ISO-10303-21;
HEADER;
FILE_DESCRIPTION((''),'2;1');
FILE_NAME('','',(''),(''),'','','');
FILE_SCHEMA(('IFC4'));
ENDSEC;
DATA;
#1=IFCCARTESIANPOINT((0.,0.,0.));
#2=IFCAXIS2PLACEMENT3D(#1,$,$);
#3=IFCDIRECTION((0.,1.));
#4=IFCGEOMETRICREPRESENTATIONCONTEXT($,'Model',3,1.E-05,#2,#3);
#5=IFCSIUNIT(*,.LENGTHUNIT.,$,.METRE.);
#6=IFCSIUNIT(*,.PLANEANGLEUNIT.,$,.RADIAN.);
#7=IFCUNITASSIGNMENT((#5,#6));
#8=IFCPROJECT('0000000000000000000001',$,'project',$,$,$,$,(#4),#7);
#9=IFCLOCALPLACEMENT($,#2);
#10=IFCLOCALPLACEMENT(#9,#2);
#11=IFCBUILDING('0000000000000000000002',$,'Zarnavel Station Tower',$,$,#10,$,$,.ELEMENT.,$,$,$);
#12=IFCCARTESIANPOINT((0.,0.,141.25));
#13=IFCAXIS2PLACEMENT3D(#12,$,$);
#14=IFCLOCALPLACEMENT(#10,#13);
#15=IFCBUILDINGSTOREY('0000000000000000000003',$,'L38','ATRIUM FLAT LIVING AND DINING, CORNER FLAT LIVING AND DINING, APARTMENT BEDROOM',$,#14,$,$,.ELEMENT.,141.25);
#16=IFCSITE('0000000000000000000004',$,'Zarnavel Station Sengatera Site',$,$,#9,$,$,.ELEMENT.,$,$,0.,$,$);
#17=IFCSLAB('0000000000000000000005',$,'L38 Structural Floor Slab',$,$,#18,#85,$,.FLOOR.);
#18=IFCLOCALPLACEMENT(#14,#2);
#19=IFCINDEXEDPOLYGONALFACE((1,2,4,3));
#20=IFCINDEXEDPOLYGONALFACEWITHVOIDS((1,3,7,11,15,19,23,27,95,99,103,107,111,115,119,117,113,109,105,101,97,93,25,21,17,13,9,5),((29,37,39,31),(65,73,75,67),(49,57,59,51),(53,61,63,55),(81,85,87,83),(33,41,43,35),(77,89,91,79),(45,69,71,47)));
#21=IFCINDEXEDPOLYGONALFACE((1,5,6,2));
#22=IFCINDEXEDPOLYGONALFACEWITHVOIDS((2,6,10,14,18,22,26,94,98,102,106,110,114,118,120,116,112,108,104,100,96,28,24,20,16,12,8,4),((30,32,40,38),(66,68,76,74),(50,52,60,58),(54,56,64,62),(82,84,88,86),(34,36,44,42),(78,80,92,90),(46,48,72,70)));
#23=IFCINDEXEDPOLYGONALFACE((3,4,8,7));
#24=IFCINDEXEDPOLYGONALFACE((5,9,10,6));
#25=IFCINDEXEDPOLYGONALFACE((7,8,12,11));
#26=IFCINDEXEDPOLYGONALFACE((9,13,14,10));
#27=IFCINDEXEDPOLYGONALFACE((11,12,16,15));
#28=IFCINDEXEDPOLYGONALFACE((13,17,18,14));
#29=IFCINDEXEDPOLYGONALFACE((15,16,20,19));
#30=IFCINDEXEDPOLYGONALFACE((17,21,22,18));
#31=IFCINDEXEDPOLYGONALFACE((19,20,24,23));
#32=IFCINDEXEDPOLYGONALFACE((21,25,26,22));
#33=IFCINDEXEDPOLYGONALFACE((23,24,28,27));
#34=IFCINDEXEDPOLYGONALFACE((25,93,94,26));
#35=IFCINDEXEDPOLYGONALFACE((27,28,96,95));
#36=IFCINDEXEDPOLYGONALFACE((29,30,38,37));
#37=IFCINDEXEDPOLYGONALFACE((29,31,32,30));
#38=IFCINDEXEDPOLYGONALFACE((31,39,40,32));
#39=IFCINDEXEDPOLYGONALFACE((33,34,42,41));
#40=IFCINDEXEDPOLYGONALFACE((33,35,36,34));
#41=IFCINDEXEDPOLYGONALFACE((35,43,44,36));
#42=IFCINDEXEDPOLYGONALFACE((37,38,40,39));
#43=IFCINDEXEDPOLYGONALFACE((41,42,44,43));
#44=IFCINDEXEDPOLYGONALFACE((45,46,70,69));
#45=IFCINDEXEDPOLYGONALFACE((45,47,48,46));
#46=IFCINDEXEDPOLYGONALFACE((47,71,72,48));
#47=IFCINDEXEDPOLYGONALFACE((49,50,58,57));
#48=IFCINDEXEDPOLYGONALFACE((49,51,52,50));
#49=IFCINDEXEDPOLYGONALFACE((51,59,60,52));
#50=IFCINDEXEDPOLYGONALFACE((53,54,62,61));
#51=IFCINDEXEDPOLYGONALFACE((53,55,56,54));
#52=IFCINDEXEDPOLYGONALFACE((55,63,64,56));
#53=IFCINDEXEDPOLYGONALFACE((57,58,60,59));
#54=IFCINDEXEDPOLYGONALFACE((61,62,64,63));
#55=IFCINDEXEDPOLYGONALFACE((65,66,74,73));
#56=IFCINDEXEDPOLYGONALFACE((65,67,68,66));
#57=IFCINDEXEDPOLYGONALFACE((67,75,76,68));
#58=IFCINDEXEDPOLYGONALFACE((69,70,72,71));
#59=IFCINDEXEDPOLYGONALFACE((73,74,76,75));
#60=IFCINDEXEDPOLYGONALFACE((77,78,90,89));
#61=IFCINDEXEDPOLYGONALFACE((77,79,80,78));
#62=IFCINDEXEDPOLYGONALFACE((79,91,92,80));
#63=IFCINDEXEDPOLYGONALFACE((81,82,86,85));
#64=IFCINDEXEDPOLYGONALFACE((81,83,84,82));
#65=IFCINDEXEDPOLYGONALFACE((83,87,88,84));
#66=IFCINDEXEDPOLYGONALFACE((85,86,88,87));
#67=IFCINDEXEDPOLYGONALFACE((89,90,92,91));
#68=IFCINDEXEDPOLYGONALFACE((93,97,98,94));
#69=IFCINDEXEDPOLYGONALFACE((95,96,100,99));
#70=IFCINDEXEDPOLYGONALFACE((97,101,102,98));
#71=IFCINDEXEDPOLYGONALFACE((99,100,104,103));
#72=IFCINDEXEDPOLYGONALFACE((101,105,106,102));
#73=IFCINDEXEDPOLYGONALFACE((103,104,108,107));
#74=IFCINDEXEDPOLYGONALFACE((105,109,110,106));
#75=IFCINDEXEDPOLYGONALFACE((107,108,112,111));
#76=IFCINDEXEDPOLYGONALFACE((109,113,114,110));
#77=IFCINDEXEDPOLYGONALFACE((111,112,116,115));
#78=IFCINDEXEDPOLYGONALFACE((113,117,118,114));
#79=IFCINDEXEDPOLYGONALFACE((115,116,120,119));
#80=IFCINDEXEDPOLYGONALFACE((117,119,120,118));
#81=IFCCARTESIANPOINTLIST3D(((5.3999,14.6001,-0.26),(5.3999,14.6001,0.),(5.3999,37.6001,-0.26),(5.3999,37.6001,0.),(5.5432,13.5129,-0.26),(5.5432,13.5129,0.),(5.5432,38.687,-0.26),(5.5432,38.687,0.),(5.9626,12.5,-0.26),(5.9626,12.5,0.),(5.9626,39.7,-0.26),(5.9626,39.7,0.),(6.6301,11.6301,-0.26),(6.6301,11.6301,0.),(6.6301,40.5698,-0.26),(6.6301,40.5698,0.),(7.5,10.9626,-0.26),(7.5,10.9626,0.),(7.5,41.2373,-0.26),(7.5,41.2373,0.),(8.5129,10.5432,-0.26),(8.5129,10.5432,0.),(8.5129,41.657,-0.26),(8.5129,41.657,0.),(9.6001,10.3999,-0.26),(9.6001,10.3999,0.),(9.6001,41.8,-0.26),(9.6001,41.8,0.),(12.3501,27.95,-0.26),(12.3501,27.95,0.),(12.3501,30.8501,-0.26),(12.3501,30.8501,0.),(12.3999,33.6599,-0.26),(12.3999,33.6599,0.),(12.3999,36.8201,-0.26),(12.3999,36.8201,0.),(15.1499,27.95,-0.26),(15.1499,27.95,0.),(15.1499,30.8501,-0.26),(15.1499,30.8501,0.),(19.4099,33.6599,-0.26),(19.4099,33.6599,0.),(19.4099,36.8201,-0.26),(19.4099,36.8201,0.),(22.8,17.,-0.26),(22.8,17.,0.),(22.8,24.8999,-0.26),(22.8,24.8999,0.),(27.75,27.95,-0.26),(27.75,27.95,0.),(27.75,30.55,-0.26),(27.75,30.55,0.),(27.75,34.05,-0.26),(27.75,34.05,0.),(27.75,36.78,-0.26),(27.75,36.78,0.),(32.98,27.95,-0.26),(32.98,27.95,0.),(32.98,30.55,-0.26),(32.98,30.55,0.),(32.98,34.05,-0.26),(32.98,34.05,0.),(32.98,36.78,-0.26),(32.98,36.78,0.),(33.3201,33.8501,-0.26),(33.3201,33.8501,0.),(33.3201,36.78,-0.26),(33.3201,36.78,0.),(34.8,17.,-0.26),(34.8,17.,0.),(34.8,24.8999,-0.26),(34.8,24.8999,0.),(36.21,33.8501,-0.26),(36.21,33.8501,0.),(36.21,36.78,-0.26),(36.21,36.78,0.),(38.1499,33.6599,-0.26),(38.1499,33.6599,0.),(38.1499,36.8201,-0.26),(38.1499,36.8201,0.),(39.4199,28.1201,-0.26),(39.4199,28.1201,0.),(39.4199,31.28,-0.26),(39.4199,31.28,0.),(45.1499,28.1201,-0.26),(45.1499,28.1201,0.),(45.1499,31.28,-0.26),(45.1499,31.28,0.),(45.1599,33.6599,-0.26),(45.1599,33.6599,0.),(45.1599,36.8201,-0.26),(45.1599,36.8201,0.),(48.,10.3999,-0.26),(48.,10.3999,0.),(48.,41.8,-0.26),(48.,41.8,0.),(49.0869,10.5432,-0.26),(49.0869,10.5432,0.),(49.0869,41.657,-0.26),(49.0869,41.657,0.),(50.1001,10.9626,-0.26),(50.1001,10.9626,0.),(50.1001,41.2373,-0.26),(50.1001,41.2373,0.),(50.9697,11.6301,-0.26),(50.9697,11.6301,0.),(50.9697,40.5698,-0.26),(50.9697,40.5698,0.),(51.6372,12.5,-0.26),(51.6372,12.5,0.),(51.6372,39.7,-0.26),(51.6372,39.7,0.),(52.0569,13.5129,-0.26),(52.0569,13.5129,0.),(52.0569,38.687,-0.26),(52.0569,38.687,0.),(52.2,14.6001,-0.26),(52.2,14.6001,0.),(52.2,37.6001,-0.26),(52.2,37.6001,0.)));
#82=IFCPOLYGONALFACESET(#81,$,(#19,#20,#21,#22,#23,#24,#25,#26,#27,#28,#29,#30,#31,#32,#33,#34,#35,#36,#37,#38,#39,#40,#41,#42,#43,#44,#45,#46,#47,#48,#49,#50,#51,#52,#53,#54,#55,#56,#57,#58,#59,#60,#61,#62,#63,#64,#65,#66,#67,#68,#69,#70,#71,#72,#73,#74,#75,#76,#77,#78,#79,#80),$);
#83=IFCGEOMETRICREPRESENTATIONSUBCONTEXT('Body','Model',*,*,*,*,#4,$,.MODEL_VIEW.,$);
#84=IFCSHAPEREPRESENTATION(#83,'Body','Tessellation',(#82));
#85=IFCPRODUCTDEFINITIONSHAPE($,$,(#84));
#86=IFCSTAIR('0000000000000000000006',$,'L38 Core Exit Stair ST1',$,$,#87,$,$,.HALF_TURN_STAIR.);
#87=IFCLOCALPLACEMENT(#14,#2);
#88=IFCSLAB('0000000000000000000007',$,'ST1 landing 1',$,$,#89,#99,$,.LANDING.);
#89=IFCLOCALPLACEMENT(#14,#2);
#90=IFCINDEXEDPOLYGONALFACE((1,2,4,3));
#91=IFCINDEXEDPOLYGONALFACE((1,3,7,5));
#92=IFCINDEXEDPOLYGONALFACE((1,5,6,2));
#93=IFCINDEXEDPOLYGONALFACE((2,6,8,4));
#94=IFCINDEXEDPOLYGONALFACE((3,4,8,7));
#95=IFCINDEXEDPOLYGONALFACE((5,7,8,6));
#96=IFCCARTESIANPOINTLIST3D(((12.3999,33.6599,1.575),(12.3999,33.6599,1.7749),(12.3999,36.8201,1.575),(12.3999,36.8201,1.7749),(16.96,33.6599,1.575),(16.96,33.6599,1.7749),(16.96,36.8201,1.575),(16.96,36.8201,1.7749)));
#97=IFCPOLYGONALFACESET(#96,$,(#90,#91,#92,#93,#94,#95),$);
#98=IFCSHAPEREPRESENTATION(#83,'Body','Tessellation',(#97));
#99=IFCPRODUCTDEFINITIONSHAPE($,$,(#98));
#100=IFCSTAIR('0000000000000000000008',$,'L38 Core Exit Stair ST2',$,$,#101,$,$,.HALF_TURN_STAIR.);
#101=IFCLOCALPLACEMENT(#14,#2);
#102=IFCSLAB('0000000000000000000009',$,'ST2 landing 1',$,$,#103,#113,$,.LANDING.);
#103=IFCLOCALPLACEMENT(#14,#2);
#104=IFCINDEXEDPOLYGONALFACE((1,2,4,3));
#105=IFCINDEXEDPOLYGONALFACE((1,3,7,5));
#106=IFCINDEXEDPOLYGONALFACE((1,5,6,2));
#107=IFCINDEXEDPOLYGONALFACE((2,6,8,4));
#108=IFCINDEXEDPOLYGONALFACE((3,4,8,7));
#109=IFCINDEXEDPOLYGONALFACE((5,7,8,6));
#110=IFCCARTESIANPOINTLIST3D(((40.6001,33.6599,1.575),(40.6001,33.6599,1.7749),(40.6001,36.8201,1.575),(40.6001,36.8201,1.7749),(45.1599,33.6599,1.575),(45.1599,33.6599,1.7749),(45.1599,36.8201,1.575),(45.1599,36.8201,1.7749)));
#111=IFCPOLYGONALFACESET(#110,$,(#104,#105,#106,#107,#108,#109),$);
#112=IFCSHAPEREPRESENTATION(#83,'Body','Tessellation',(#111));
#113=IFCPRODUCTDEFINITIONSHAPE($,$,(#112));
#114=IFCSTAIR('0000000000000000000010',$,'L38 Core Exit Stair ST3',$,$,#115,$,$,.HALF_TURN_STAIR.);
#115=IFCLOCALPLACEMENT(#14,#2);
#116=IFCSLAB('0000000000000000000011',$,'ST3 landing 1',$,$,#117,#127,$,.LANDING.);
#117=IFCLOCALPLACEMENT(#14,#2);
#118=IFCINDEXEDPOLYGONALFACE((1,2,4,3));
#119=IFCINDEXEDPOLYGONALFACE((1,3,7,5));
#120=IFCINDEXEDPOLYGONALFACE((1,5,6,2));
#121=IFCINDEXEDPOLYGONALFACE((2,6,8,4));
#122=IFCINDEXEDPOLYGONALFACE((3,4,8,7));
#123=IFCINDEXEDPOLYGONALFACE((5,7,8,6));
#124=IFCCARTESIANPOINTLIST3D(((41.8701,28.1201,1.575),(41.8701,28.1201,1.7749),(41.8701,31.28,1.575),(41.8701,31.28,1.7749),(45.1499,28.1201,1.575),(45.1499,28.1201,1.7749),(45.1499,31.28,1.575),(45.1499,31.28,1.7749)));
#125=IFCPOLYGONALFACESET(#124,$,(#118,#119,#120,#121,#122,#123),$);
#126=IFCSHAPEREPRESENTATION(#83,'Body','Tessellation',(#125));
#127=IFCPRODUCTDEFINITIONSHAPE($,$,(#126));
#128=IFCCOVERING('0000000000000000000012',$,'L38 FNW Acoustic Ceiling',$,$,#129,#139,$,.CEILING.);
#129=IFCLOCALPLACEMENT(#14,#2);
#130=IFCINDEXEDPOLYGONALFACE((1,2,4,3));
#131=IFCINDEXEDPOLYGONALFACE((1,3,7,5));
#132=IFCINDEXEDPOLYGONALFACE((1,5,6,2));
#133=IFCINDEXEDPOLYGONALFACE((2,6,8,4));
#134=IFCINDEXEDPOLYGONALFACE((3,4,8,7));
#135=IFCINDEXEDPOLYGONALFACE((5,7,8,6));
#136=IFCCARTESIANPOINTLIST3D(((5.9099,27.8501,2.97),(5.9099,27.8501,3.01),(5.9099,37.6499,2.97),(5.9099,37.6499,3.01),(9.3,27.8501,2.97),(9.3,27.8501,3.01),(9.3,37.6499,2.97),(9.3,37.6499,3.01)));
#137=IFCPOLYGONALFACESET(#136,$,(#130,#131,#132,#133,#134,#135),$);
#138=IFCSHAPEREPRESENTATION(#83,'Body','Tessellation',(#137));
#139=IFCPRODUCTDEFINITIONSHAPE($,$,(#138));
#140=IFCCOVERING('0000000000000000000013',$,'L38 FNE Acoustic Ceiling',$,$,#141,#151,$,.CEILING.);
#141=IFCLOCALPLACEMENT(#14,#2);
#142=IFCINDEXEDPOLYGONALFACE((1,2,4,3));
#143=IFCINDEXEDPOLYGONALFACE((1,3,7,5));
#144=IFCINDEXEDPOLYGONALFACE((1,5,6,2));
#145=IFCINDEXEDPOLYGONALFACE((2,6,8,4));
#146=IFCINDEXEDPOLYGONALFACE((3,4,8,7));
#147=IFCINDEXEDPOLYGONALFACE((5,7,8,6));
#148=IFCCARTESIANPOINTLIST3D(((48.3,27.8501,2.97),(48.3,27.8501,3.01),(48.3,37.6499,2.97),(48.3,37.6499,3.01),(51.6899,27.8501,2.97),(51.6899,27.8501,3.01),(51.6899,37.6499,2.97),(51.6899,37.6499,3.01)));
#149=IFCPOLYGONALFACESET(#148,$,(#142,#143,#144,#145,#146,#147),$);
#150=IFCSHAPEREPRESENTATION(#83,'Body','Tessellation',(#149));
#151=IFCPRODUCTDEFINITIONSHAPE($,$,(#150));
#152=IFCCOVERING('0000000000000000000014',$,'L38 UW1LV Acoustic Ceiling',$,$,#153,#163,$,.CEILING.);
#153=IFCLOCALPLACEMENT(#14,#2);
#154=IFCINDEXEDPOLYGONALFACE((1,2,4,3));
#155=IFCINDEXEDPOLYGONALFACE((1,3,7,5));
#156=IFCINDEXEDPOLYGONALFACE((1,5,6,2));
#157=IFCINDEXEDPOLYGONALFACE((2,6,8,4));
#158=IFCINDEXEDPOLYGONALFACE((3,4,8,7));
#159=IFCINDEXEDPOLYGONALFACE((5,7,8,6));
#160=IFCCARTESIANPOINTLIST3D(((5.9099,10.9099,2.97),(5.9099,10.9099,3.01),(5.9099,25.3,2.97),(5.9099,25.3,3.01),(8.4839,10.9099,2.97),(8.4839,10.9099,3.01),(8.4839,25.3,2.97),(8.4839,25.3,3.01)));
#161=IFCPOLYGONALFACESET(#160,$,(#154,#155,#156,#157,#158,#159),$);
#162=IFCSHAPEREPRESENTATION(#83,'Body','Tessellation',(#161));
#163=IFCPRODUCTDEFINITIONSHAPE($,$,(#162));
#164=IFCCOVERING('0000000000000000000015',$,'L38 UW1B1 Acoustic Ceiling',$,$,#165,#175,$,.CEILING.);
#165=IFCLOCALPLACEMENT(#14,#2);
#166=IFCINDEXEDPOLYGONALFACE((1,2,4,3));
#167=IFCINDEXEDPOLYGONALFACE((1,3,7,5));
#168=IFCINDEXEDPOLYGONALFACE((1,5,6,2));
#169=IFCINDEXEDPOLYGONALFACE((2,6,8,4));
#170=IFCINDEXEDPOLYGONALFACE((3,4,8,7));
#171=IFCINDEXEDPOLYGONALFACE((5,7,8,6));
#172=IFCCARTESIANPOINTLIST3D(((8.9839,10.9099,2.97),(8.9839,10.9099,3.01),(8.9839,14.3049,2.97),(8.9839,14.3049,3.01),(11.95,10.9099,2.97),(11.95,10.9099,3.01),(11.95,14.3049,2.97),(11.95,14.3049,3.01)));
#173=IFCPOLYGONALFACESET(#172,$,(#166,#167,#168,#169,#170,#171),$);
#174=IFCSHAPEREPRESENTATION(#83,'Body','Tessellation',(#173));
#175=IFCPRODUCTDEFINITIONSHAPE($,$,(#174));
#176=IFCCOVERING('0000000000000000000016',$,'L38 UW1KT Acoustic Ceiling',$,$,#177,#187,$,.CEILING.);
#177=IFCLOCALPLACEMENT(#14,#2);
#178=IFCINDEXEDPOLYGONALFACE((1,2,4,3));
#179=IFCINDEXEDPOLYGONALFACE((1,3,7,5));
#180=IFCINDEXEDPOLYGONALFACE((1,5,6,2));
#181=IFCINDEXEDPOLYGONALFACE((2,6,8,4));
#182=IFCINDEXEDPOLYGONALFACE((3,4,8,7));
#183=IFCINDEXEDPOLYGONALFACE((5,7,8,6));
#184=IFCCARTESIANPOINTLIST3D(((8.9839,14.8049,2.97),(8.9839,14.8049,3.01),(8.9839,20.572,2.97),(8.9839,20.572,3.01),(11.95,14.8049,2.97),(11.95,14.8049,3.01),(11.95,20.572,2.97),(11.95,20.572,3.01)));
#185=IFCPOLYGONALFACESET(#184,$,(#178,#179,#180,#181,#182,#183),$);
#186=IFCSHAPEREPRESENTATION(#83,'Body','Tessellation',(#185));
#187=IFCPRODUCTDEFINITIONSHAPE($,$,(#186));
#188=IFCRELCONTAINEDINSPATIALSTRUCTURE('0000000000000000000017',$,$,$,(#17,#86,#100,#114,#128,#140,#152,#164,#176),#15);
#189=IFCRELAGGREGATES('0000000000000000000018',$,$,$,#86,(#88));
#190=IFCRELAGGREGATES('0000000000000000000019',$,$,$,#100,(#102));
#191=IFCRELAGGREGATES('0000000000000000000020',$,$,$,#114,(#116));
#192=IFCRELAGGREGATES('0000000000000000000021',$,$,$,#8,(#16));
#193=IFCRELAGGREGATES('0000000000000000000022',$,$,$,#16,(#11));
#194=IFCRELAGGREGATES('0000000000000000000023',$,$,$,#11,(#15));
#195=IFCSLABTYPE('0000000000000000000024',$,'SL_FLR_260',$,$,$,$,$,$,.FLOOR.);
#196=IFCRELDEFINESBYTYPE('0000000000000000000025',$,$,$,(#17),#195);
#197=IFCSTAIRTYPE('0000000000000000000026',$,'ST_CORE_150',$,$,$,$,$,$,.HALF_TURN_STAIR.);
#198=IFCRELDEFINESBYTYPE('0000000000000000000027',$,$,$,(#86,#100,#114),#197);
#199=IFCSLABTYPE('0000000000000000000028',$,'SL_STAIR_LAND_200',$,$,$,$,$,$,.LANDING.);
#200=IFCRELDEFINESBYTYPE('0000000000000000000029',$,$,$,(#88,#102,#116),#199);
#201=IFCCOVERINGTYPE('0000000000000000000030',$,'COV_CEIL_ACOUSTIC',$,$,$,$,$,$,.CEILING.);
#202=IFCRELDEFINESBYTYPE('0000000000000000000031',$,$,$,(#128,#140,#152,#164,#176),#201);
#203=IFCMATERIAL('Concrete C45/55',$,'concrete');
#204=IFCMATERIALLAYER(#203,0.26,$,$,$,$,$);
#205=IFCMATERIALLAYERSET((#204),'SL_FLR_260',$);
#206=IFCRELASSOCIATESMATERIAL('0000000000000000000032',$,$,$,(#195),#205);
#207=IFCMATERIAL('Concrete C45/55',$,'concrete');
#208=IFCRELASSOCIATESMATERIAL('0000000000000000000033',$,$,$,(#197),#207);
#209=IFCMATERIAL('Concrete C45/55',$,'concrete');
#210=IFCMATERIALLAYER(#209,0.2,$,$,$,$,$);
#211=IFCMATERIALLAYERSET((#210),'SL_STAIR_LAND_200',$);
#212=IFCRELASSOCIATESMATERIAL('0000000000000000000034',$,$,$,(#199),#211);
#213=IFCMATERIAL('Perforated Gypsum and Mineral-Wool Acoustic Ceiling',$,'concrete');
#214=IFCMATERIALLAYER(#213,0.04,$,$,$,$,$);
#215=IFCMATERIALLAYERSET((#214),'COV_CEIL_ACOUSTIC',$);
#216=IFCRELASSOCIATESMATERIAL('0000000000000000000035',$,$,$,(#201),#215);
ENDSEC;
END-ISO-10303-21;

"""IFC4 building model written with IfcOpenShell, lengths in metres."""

from ifc_helpers import new_model, si_unit, direction, frame, origin, place, context, subcontext, project, spatial, polyline, outline, extrude, material, layer, layer_set, type_object, element, aggregate, save


model = new_model("IFC4")

# Units and contexts
model_context = context("Model", 3, precision=1e-05, world=origin(), true_north=direction((0.0, 1.0)))
body_context = subcontext(model_context, "Body", "Model", "MODEL_VIEW")
ifc_project = project(units=[si_unit("LENGTHUNIT", "METRE"), si_unit("PLANEANGLEUNIT", "RADIAN")], contexts=[model_context])

# Site, building, storey
site_placement = place(None, origin())
site = spatial("IfcSite", under=ifc_project, at=site_placement, Name="Zarnavel Station Sengatera Site", CompositionType="ELEMENT", RefElevation=0.0)
building_placement = place(site_placement, origin())
building = spatial("IfcBuilding", under=site, at=building_placement, Name="Zarnavel Station Tower", CompositionType="ELEMENT")
storey_placement = place(building_placement, frame((0.0, 0.0, 141.25)))
storey = spatial("IfcBuildingStorey", under=building, at=storey_placement, Name="L38", Description="ATRIUM FLAT LIVING AND DINING, CORNER FLAT LIVING AND DINING, APARTMENT BEDROOM", CompositionType="ELEMENT", Elevation=141.25)

# Slab
ifc_material_1 = material(Name="Concrete C45/55", Category="concrete")
ifc_layer_1 = layer(ifc_material_1, 0.26)
ifc_layer_set_1 = layer_set([ifc_layer_1], Name="SL_FLR_260")
slab_type_1 = type_object("IfcSlabType", Name="SL_FLR_260", PredefinedType="FLOOR", material=ifc_layer_set_1)
slab_1_placement = place(storey_placement, frame((0.0, 0.0, -0.26)))
element("IfcSlab", 1, at=slab_1_placement, inside=storey, type_object=slab_type_1, Name="L38 Structural Floor Slab", PredefinedType="FLOOR", context=body_context, shape_type="SweptSolid", body=[
    extrude(outline(polyline([(48.0, 10.3999), (49.0869, 10.5432), (50.1001, 10.9626), (50.9697, 11.6301), (51.6372, 12.5), (52.0569, 13.5129), (52.2, 14.6001), (52.2, 37.6001), (52.0569, 38.687), (51.6372, 39.7), (50.9697, 40.5698), (50.1001, 41.2373), (49.0869, 41.657), (48.0, 41.8), (9.6001, 41.8), (8.5129, 41.657), (7.5, 41.2373), (6.6301, 40.5698), (5.9626, 39.7), (5.5432, 38.687), (5.3999, 37.6001), (5.3999, 14.6001), (5.5432, 13.5129), (5.9626, 12.5), (6.6301, 11.6301), (7.5, 10.9626), (8.5129, 10.5432), (9.6001, 10.3999), (48.0, 10.3999)]), holes=[polyline([(12.3999, 33.6599), (19.4099, 33.6599), (19.4099, 36.8201), (12.3999, 36.8201), (12.3999, 33.6599)]), polyline([(38.1499, 33.6599), (45.1599, 33.6599), (45.1599, 36.8201), (38.1499, 36.8201), (38.1499, 33.6599)]), polyline([(39.4199, 28.1201), (45.1499, 28.1201), (45.1499, 31.28), (39.4199, 31.28), (39.4199, 28.1201)]), polyline([(12.3501, 27.95), (15.1499, 27.95), (15.1499, 30.8501), (12.3501, 30.8501), (12.3501, 27.95)]), polyline([(33.3201, 33.8501), (36.21, 33.8501), (36.21, 36.78), (33.3201, 36.78), (33.3201, 33.8501)]), polyline([(27.75, 34.05), (32.98, 34.05), (32.98, 36.78), (27.75, 36.78), (27.75, 34.05)]), polyline([(27.75, 27.95), (32.98, 27.95), (32.98, 30.55), (27.75, 30.55), (27.75, 27.95)]), polyline([(22.8, 17.0), (34.8, 17.0), (34.8, 24.8999), (22.8, 24.8999), (22.8, 17.0)])]), origin(), (0.0, 0.0, 1.0), 0.26),
])

# Stairs, slabs
ifc_material_2 = material(Name="Concrete C45/55", Category="concrete")
stair_type = type_object("IfcStairType", Name="ST_CORE_150", PredefinedType="HALF_TURN_STAIR", material=ifc_material_2)
stair_1_placement = place(storey_placement, origin())
stair_1 = element("IfcStair", 2, at=stair_1_placement, inside=storey, type_object=stair_type, Name="L38 Core Exit Stair ST1", PredefinedType="HALF_TURN_STAIR")
ifc_material_3 = material(Name="Concrete C45/55", Category="concrete")
ifc_layer_2 = layer(ifc_material_3, 0.2)
ifc_layer_set_2 = layer_set([ifc_layer_2], Name="SL_STAIR_LAND_200")
slab_type_2 = type_object("IfcSlabType", Name="SL_STAIR_LAND_200", PredefinedType="LANDING", material=ifc_layer_set_2)
slab_2_placement = place(storey_placement, frame((0.0, 0.0, 1.575)))
slab_2 = element("IfcSlab", 3, at=slab_2_placement, type_object=slab_type_2, Name="ST1 landing 1", PredefinedType="LANDING", context=body_context, shape_type="SweptSolid", body=[
    extrude(outline(polyline([(16.96, 36.8201), (12.3999, 36.8201), (12.3999, 33.6599), (16.96, 33.6599), (16.96, 36.8201)])), origin(), (0.0, 0.0, 1.0), 0.2),
])
aggregate(stair_1, [slab_2])
stair_2_placement = place(storey_placement, origin())
stair_2 = element("IfcStair", 4, at=stair_2_placement, inside=storey, type_object=stair_type, Name="L38 Core Exit Stair ST2", PredefinedType="HALF_TURN_STAIR")
slab_3_placement = place(storey_placement, frame((0.0, 0.0, 1.575)))
slab_3 = element("IfcSlab", 5, at=slab_3_placement, type_object=slab_type_2, Name="ST2 landing 1", PredefinedType="LANDING", context=body_context, shape_type="SweptSolid", body=[
    extrude(outline(polyline([(40.6001, 33.6599), (45.1599, 33.6599), (45.1599, 36.8201), (40.6001, 36.8201), (40.6001, 33.6599)])), origin(), (0.0, 0.0, 1.0), 0.2),
])
aggregate(stair_2, [slab_3])
stair_3_placement = place(storey_placement, origin())
stair_3 = element("IfcStair", 6, at=stair_3_placement, inside=storey, type_object=stair_type, Name="L38 Core Exit Stair ST3", PredefinedType="HALF_TURN_STAIR")
slab_4_placement = place(storey_placement, frame((0.0, 0.0, 1.575)))
slab_4 = element("IfcSlab", 7, at=slab_4_placement, type_object=slab_type_2, Name="ST3 landing 1", PredefinedType="LANDING", context=body_context, shape_type="SweptSolid", body=[
    extrude(outline(polyline([(41.8701, 28.1201), (45.1499, 28.1201), (45.1499, 31.28), (41.8701, 31.28), (41.8701, 28.1201)])), origin(), (0.0, 0.0, 1.0), 0.2),
])
aggregate(stair_3, [slab_4])

# Coverings
ifc_material_4 = material(Name="Perforated Gypsum and Mineral-Wool Acoustic Ceiling", Category="concrete")
ifc_layer_3 = layer(ifc_material_4, 0.04)
ifc_layer_set_3 = layer_set([ifc_layer_3], Name="COV_CEIL_ACOUSTIC")
covering_type_1 = type_object("IfcCoveringType", Name="COV_CEIL_ACOUSTIC", PredefinedType="CEILING", material=ifc_layer_set_3)
covering_1_placement = place(storey_placement, frame((0.0, 0.0, 2.97)))
element("IfcCovering", 8, at=covering_1_placement, inside=storey, type_object=covering_type_1, Name="L38 FNW Acoustic Ceiling", PredefinedType="CEILING", context=body_context, shape_type="SweptSolid", body=[
    extrude(outline(polyline([(5.9099, 27.8501), (9.3, 27.8501), (9.3, 37.6499), (5.9099, 37.6499), (5.9099, 27.8501)])), origin(), (0.0, 0.0, 1.0), 0.04),
])
covering_2_placement = place(storey_placement, frame((0.0, 0.0, 2.97)))
element("IfcCovering", 9, at=covering_2_placement, inside=storey, type_object=covering_type_1, Name="L38 FNE Acoustic Ceiling", PredefinedType="CEILING", context=body_context, shape_type="SweptSolid", body=[
    extrude(outline(polyline([(48.3, 27.8501), (51.6899, 27.8501), (51.6899, 37.6499), (48.3, 37.6499), (48.3, 27.8501)])), origin(), (0.0, 0.0, 1.0), 0.04),
])
covering_3_placement = place(storey_placement, frame((0.0, 0.0, 2.97)))
element("IfcCovering", 10, at=covering_3_placement, inside=storey, type_object=covering_type_1, Name="L38 UW1LV Acoustic Ceiling", PredefinedType="CEILING", context=body_context, shape_type="SweptSolid", body=[
    extrude(outline(polyline([(5.9099, 10.9099), (8.4839, 10.9099), (8.4839, 25.3), (5.9099, 25.3), (5.9099, 10.9099)])), origin(), (0.0, 0.0, 1.0), 0.04),
])
covering_4_placement = place(storey_placement, frame((0.0, 0.0, 2.97)))
element("IfcCovering", 11, at=covering_4_placement, inside=storey, type_object=covering_type_1, Name="L38 UW1B1 Acoustic Ceiling", PredefinedType="CEILING", context=body_context, shape_type="SweptSolid", body=[
    extrude(outline(polyline([(8.9839, 10.9099), (11.95, 10.9099), (11.95, 14.3049), (8.9839, 14.3049), (8.9839, 10.9099)])), origin(), (0.0, 0.0, 1.0), 0.04),
])
covering_5_placement = place(storey_placement, frame((0.0, 0.0, 2.97)))
element("IfcCovering", 12, at=covering_5_placement, inside=storey, type_object=covering_type_1, Name="L38 UW1KT Acoustic Ceiling", PredefinedType="CEILING", context=body_context, shape_type="SweptSolid", body=[
    extrude(outline(polyline([(8.9839, 14.8049), (11.95, 14.8049), (11.95, 20.572), (8.9839, 20.572), (8.9839, 14.8049)])), origin(), (0.0, 0.0, 1.0), 0.04),
])

save(model, "model.ifc")
